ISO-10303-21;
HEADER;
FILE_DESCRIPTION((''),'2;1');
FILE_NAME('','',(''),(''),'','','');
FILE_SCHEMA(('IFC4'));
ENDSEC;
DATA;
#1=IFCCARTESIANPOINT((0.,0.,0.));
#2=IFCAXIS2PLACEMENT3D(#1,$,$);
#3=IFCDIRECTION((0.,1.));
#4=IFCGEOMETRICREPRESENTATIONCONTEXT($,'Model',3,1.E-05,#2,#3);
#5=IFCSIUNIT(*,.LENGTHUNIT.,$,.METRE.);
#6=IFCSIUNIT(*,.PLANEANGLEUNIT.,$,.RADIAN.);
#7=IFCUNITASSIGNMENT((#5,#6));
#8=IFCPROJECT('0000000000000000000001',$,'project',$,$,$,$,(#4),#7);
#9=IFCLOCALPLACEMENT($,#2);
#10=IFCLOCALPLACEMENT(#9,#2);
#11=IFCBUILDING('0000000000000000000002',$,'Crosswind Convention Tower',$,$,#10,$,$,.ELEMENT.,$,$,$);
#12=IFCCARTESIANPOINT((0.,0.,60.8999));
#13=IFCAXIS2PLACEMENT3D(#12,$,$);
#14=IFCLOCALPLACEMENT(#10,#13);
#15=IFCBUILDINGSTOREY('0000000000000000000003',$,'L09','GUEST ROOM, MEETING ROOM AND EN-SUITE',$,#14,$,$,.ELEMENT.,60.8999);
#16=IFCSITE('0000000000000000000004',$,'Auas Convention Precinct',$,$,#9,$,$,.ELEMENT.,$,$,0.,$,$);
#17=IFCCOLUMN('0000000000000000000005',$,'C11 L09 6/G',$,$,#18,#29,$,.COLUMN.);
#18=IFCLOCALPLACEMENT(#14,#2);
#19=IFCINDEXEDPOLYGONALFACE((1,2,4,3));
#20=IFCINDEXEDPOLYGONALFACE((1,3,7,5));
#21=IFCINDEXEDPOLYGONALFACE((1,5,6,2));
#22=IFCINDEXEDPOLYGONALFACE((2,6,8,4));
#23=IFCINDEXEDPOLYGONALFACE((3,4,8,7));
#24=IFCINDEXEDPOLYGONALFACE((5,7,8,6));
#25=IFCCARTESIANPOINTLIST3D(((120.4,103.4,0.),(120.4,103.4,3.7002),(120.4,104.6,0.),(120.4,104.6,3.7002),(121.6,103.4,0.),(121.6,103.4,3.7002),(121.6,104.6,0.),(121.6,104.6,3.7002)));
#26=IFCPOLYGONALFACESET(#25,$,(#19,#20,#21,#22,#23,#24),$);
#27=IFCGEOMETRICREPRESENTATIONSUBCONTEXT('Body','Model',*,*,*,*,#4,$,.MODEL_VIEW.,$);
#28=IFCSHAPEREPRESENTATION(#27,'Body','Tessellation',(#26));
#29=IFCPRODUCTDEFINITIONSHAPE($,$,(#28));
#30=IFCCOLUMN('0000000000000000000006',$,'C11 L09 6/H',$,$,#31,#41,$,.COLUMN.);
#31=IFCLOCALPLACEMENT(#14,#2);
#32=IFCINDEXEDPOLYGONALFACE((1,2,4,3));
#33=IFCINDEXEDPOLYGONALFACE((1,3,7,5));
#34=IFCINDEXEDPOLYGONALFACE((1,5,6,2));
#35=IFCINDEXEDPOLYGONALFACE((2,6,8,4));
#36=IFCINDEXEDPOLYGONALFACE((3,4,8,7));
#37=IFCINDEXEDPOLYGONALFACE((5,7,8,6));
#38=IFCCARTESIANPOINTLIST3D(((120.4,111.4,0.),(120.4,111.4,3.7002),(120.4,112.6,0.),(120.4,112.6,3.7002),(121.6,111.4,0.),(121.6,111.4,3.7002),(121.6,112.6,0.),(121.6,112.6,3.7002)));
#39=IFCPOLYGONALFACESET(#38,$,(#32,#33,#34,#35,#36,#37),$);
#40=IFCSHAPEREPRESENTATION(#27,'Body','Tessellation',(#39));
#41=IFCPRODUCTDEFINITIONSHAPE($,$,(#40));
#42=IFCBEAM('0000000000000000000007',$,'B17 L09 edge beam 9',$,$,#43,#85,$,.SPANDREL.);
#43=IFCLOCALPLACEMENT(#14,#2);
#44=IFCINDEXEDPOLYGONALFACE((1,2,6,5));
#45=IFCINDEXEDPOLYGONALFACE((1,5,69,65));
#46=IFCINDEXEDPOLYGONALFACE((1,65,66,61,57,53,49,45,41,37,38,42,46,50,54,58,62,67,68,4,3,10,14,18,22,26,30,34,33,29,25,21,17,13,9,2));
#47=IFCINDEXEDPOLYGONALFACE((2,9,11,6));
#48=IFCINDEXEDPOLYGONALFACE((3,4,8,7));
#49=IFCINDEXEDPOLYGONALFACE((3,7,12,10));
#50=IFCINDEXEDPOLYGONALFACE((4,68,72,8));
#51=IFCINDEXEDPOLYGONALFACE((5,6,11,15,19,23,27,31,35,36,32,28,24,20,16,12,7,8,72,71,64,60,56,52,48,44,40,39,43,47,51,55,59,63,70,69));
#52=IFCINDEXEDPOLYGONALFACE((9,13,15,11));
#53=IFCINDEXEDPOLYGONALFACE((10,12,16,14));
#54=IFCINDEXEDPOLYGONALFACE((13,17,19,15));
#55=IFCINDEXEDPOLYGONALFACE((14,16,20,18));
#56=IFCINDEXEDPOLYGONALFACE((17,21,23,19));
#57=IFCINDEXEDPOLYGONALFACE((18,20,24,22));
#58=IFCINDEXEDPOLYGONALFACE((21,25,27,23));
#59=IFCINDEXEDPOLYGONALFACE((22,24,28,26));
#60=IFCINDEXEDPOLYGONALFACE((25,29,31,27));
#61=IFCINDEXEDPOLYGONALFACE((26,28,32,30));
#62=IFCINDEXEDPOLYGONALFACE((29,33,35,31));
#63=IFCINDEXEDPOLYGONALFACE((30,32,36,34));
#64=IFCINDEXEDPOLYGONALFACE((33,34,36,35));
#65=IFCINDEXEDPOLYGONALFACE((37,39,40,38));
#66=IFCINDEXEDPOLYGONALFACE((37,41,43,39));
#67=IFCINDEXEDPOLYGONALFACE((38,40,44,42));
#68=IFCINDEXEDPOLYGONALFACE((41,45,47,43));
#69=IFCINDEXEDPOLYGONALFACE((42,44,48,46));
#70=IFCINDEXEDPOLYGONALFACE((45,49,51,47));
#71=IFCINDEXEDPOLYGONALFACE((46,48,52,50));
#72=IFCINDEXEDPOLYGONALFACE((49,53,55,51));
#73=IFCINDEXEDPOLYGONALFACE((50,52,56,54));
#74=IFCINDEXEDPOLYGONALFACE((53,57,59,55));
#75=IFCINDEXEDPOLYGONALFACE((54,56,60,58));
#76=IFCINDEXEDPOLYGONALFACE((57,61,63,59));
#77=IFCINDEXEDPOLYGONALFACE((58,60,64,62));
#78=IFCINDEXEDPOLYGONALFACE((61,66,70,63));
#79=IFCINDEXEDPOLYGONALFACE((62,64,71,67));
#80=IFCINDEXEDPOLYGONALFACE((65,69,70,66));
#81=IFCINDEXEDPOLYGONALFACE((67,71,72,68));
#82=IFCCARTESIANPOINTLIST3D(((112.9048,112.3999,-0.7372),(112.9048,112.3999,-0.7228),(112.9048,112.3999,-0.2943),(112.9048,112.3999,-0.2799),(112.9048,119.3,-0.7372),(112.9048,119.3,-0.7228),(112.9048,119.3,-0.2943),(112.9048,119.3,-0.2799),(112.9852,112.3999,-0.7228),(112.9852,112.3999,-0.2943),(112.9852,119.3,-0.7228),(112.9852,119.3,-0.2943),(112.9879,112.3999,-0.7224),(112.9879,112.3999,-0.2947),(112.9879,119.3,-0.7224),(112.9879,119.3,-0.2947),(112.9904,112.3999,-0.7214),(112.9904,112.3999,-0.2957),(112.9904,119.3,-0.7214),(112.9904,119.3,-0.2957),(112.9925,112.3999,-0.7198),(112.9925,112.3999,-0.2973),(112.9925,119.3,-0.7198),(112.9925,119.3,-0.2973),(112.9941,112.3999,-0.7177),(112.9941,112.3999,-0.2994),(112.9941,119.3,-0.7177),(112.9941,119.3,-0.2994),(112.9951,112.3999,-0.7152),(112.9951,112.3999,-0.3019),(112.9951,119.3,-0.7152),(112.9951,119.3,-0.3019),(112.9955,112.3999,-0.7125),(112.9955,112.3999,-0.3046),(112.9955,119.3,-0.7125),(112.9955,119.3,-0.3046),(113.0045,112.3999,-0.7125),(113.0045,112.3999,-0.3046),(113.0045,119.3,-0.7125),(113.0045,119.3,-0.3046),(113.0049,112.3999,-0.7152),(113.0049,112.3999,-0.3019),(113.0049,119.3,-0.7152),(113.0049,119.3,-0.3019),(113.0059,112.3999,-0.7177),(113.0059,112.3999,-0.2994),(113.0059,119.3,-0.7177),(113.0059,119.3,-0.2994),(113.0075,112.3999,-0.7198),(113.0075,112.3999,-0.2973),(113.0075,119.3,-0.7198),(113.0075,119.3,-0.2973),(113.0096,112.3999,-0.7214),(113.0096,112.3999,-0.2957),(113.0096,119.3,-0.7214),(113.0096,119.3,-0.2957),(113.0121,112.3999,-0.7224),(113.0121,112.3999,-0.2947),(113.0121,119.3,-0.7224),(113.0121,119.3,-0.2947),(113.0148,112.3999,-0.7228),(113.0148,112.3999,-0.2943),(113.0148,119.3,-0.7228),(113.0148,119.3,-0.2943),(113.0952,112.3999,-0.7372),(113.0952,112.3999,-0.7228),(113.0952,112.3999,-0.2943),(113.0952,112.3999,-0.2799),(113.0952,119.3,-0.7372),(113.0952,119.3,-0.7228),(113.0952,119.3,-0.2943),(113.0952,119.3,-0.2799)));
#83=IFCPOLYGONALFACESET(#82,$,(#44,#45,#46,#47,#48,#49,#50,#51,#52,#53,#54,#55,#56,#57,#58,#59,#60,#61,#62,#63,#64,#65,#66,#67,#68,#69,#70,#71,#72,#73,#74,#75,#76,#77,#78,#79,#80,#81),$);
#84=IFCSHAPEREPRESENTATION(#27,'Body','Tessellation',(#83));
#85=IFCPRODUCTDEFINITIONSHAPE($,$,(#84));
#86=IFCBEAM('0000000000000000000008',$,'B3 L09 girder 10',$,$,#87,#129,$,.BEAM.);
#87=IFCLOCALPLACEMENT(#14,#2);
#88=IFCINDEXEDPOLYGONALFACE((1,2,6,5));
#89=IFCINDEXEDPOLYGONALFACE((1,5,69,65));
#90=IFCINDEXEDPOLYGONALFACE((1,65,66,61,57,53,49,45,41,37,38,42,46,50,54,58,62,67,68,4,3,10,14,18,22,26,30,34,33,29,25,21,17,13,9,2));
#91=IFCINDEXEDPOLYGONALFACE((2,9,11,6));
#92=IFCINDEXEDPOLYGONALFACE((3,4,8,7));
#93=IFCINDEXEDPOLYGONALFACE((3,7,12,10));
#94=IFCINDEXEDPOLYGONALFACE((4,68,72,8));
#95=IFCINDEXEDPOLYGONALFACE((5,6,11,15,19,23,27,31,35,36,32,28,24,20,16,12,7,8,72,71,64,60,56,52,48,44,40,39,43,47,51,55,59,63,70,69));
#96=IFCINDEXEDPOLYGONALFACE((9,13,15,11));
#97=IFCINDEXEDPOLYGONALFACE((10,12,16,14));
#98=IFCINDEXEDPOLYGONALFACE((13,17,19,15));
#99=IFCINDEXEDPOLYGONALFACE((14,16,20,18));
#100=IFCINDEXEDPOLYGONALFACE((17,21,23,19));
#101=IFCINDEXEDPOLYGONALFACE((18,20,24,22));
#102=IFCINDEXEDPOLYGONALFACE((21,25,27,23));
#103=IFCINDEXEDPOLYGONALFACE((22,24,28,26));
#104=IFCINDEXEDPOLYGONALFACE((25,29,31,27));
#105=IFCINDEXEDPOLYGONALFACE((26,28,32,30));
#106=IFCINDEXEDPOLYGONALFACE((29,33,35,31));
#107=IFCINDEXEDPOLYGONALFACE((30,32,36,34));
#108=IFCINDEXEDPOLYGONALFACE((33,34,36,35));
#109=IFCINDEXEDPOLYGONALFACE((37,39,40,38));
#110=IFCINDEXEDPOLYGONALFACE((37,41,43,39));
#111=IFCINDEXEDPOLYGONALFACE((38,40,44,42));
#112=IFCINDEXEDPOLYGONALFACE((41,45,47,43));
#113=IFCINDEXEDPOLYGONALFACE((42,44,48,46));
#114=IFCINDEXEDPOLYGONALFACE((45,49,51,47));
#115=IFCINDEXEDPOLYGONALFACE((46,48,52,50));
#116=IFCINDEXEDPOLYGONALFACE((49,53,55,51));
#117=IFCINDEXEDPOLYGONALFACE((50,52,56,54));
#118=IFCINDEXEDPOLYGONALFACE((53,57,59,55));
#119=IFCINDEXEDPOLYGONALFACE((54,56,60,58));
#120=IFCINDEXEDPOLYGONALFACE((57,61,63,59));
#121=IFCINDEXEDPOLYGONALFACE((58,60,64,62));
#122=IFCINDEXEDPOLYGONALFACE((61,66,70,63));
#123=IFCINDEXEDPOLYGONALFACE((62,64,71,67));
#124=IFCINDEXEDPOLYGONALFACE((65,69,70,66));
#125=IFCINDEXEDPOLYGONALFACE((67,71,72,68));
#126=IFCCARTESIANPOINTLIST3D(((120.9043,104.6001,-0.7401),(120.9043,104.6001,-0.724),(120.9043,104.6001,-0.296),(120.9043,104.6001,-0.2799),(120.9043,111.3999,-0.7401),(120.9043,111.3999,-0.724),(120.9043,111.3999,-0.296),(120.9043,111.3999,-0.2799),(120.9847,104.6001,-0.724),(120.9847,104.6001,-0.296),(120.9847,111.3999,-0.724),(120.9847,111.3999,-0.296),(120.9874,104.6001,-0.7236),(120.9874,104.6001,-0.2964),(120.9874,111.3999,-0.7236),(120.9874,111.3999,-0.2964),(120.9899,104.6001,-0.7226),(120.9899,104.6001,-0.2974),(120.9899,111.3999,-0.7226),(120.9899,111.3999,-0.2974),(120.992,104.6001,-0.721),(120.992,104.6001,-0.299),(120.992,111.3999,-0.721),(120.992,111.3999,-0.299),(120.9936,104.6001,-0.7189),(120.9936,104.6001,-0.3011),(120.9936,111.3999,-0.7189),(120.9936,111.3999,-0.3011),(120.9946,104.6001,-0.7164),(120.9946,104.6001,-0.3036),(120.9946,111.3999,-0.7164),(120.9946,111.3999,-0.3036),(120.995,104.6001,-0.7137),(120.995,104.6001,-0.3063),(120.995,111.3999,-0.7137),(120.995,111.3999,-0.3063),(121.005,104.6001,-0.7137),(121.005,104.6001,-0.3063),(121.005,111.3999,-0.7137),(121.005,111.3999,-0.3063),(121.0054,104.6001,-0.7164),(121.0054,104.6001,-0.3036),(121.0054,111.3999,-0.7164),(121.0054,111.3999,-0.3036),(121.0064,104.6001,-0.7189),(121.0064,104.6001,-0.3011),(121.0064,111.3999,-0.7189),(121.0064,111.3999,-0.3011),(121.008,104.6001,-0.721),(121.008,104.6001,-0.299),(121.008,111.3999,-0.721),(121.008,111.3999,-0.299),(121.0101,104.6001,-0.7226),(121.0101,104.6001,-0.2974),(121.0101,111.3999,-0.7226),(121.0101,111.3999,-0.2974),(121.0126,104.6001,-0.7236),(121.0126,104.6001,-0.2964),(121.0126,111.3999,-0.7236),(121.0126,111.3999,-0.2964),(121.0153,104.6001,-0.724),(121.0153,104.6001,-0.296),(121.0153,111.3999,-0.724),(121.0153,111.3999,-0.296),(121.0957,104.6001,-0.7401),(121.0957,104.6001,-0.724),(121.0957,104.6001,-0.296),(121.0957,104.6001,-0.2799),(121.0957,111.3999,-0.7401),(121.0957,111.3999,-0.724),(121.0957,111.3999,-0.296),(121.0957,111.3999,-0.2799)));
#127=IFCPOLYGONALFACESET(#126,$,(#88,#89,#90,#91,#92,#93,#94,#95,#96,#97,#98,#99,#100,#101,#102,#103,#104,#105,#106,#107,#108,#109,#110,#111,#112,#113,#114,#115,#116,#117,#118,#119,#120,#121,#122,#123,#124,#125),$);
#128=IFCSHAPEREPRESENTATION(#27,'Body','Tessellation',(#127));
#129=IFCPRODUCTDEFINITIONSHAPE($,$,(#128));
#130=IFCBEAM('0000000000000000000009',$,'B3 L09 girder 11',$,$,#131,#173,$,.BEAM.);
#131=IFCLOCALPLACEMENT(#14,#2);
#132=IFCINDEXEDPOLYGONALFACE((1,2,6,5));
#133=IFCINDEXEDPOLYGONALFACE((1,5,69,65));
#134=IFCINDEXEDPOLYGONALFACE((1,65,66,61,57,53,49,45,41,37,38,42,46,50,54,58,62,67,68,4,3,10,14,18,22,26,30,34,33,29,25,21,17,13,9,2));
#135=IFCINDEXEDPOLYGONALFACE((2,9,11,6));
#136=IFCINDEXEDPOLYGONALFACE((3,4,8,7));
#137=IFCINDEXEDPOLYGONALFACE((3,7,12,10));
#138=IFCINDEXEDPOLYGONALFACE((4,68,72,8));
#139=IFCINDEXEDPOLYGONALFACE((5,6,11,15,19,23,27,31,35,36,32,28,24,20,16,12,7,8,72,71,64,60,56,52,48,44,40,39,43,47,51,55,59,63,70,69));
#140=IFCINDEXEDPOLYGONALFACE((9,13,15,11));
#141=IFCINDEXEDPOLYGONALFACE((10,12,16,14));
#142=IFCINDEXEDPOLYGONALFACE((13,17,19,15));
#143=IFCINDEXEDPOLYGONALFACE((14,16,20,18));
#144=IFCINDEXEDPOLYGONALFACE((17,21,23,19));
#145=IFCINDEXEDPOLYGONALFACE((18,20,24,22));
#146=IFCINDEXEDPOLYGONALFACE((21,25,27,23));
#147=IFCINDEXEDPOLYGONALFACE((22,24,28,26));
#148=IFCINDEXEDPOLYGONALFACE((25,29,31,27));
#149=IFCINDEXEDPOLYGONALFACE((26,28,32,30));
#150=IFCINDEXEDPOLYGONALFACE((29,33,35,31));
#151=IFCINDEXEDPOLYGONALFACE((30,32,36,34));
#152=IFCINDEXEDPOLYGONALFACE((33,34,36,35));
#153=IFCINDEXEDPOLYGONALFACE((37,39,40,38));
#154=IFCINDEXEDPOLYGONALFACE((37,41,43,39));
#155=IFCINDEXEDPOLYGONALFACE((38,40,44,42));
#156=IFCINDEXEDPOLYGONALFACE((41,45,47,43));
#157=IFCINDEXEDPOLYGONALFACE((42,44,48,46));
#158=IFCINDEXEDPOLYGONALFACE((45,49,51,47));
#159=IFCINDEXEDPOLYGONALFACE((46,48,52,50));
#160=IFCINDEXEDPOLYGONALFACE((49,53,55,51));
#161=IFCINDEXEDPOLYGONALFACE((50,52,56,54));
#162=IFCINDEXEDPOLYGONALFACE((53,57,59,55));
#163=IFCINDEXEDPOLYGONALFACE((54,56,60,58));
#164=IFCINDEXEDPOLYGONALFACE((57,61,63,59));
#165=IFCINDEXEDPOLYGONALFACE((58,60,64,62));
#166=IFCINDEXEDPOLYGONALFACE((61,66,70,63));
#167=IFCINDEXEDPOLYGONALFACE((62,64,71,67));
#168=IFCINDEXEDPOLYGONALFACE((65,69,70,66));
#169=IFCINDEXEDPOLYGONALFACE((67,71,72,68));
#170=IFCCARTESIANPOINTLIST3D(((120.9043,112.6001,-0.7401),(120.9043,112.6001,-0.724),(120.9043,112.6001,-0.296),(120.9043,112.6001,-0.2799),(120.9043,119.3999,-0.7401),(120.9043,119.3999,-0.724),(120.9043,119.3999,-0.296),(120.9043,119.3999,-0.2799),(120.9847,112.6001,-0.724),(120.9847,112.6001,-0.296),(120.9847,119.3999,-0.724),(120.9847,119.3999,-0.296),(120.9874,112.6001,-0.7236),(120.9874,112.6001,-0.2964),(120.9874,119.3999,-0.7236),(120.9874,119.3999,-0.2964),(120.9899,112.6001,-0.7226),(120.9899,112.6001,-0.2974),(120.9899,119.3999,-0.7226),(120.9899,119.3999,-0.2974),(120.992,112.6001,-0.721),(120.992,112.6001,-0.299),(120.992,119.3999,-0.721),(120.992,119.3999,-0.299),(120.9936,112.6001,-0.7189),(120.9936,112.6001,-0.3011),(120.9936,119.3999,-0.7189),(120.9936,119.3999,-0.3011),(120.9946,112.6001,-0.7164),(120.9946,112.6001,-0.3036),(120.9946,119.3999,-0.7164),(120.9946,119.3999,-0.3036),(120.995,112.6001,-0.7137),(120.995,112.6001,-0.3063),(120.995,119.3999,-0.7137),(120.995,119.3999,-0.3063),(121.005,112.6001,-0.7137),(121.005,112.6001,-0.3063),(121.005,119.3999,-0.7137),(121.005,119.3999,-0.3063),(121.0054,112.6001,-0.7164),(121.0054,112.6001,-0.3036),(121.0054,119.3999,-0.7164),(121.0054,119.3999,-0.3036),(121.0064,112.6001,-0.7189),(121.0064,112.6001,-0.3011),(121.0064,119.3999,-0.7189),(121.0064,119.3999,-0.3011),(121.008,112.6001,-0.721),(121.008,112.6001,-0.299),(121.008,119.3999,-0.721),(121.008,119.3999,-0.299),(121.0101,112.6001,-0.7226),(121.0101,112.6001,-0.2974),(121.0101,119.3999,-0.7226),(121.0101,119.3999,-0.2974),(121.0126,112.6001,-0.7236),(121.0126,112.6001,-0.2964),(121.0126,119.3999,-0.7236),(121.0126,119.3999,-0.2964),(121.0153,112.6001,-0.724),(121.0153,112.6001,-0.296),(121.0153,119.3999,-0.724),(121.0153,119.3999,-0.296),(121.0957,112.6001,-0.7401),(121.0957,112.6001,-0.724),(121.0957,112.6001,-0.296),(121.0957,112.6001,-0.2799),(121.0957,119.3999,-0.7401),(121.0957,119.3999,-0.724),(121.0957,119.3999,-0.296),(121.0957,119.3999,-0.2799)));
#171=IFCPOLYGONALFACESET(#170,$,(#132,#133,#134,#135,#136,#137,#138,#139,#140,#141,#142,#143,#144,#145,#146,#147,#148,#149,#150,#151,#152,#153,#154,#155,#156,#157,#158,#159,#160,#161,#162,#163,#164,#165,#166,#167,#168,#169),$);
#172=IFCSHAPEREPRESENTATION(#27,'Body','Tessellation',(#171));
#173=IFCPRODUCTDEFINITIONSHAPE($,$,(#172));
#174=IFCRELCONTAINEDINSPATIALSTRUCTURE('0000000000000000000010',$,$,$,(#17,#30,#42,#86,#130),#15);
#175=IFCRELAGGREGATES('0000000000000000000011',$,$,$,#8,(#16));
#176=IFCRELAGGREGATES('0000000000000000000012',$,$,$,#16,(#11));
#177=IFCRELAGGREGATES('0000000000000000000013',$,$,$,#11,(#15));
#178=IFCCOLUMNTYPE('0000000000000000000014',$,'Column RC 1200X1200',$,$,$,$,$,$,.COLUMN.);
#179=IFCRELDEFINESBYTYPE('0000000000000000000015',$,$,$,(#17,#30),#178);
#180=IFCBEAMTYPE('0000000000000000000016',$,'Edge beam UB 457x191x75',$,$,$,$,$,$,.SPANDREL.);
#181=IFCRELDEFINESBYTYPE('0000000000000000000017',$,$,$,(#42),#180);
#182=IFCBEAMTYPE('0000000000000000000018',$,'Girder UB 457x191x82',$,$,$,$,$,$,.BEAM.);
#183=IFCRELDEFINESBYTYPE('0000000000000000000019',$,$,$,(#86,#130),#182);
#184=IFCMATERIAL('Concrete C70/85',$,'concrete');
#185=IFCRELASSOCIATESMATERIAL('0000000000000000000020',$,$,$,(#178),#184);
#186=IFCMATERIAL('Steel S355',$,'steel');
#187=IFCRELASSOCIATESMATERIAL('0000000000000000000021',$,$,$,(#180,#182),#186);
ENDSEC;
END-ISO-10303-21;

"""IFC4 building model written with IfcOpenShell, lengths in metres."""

from ifc_helpers import new_model, si_unit, direction, frame, origin, origin_2d, place, context, subcontext, project, spatial, rectangle, i_section, extrude, material, material_profile, profile_set, type_object, element, save


model = new_model("IFC4")

# Units and contexts
model_context = context("Model", 3, precision=1e-05, world=origin(), true_north=direction((0.0, 1.0)))
body_context = subcontext(model_context, "Body", "Model", "MODEL_VIEW")
ifc_project = project(units=[si_unit("LENGTHUNIT", "METRE"), si_unit("PLANEANGLEUNIT", "RADIAN")], contexts=[model_context])

# Site, building, storey
site_placement = place(None, origin())
site = spatial("IfcSite", under=ifc_project, at=site_placement, Name="Auas Convention Precinct", CompositionType="ELEMENT", RefElevation=0.0)
building_placement = place(site_placement, origin())
building = spatial("IfcBuilding", under=site, at=building_placement, Name="Crosswind Convention Tower", CompositionType="ELEMENT")
storey_placement = place(building_placement, frame((0.0, 0.0, 60.8999)))
storey = spatial("IfcBuildingStorey", under=building, at=storey_placement, Name="L09", Description="GUEST ROOM, MEETING ROOM AND EN-SUITE", CompositionType="ELEMENT", Elevation=60.8999)

# Columns
ifc_material_1 = material(Name="Concrete C70/85", Category="concrete")
ifc_material_profile_1 = material_profile(ifc_material_1, rectangle(XDim=1.2, YDim=1.2, at=origin_2d()), Name="RC 1200X1200")
ifc_profile_set_1 = profile_set([ifc_material_profile_1], Name="Concrete C70/85")
column_type = type_object("IfcColumnType", Name="Column RC 1200X1200", PredefinedType="COLUMN", material=ifc_profile_set_1)
for number, where, z_axis, x_axis, name in (
    (1, (121.0, 104.0, 0.0), (0.0, 0.0, 1.0), (1.0, 0.0, 0.0), "C11 L09 6/G"),
    (2, (121.0, 112.0, 0.0), (0.0, 0.0, 1.0), (1.0, 0.0, 0.0), "C11 L09 6/H"),
):
    element("IfcColumn", number, at=place(storey_placement, frame(where, z_axis=z_axis, x_axis=x_axis)), inside=storey, type_object=column_type, Name=name, PredefinedType="COLUMN", context=body_context, shape_type="SweptSolid", body=[
        extrude(rectangle(XDim=1.2, YDim=1.2, at=origin_2d()), origin(), (0.0, 0.0, 1.0), 3.7002),
    ])

# Beams
ifc_material_2 = material(Name="Steel S355", Category="steel")
ifc_material_profile_2 = material_profile(ifc_material_2, i_section(OverallWidth=0.1904, OverallDepth=0.4573, WebThickness=0.009, FlangeThickness=0.0144, FilletRadius=0.0103, at=origin_2d()), Name="UB 457x191x75")
ifc_profile_set_2 = profile_set([ifc_material_profile_2], Name="Steel S355")
beam_type_1 = type_object("IfcBeamType", Name="Edge beam UB 457x191x75", PredefinedType="SPANDREL", material=ifc_profile_set_2)
beam_placement = place(storey_placement, frame((113.0, 112.3999, -0.5085), z_axis=(0.0, 1.0, 0.0), x_axis=(-1.0, 0.0, 0.0)))
element("IfcBeam", 3, at=beam_placement, inside=storey, type_object=beam_type_1, Name="B17 L09 edge beam 9", PredefinedType="SPANDREL", context=body_context, shape_type="SweptSolid", body=[
    extrude(i_section(OverallWidth=0.1904, OverallDepth=0.4573, WebThickness=0.009, FlangeThickness=0.0144, FilletRadius=0.0103, at=origin_2d()), origin(), (0.0, 0.0, 1.0), 6.9001),
])
ifc_material_profile_3 = material_profile(ifc_material_2, i_section(OverallWidth=0.1914, OverallDepth=0.4602, WebThickness=0.01, FlangeThickness=0.0161, FilletRadius=0.0103, at=origin_2d()), Name="UB 457x191x82")
ifc_profile_set_3 = profile_set([ifc_material_profile_3], Name="Steel S355")
beam_type_2 = type_object("IfcBeamType", Name="Girder UB 457x191x82", PredefinedType="BEAM", material=ifc_profile_set_3)
for number, where, z_axis, x_axis, name in (
    (4, (121.0, 104.6001, -0.51), (0.0, 1.0, 0.0), (-1.0, 0.0, 0.0), "B3 L09 girder 10"),
    (5, (121.0, 112.6001, -0.51), (0.0, 1.0, 0.0), (-1.0, 0.0, 0.0), "B3 L09 girder 11"),
):
    element("IfcBeam", number, at=place(storey_placement, frame(where, z_axis=z_axis, x_axis=x_axis)), inside=storey, type_object=beam_type_2, Name=name, PredefinedType="BEAM", context=body_context, shape_type="SweptSolid", body=[
        extrude(i_section(OverallWidth=0.1914, OverallDepth=0.4602, WebThickness=0.01, FlangeThickness=0.0161, FilletRadius=0.0103, at=origin_2d()), origin(), (0.0, 0.0, 1.0), 6.7998),
    ])

save(model, "model.ifc")
